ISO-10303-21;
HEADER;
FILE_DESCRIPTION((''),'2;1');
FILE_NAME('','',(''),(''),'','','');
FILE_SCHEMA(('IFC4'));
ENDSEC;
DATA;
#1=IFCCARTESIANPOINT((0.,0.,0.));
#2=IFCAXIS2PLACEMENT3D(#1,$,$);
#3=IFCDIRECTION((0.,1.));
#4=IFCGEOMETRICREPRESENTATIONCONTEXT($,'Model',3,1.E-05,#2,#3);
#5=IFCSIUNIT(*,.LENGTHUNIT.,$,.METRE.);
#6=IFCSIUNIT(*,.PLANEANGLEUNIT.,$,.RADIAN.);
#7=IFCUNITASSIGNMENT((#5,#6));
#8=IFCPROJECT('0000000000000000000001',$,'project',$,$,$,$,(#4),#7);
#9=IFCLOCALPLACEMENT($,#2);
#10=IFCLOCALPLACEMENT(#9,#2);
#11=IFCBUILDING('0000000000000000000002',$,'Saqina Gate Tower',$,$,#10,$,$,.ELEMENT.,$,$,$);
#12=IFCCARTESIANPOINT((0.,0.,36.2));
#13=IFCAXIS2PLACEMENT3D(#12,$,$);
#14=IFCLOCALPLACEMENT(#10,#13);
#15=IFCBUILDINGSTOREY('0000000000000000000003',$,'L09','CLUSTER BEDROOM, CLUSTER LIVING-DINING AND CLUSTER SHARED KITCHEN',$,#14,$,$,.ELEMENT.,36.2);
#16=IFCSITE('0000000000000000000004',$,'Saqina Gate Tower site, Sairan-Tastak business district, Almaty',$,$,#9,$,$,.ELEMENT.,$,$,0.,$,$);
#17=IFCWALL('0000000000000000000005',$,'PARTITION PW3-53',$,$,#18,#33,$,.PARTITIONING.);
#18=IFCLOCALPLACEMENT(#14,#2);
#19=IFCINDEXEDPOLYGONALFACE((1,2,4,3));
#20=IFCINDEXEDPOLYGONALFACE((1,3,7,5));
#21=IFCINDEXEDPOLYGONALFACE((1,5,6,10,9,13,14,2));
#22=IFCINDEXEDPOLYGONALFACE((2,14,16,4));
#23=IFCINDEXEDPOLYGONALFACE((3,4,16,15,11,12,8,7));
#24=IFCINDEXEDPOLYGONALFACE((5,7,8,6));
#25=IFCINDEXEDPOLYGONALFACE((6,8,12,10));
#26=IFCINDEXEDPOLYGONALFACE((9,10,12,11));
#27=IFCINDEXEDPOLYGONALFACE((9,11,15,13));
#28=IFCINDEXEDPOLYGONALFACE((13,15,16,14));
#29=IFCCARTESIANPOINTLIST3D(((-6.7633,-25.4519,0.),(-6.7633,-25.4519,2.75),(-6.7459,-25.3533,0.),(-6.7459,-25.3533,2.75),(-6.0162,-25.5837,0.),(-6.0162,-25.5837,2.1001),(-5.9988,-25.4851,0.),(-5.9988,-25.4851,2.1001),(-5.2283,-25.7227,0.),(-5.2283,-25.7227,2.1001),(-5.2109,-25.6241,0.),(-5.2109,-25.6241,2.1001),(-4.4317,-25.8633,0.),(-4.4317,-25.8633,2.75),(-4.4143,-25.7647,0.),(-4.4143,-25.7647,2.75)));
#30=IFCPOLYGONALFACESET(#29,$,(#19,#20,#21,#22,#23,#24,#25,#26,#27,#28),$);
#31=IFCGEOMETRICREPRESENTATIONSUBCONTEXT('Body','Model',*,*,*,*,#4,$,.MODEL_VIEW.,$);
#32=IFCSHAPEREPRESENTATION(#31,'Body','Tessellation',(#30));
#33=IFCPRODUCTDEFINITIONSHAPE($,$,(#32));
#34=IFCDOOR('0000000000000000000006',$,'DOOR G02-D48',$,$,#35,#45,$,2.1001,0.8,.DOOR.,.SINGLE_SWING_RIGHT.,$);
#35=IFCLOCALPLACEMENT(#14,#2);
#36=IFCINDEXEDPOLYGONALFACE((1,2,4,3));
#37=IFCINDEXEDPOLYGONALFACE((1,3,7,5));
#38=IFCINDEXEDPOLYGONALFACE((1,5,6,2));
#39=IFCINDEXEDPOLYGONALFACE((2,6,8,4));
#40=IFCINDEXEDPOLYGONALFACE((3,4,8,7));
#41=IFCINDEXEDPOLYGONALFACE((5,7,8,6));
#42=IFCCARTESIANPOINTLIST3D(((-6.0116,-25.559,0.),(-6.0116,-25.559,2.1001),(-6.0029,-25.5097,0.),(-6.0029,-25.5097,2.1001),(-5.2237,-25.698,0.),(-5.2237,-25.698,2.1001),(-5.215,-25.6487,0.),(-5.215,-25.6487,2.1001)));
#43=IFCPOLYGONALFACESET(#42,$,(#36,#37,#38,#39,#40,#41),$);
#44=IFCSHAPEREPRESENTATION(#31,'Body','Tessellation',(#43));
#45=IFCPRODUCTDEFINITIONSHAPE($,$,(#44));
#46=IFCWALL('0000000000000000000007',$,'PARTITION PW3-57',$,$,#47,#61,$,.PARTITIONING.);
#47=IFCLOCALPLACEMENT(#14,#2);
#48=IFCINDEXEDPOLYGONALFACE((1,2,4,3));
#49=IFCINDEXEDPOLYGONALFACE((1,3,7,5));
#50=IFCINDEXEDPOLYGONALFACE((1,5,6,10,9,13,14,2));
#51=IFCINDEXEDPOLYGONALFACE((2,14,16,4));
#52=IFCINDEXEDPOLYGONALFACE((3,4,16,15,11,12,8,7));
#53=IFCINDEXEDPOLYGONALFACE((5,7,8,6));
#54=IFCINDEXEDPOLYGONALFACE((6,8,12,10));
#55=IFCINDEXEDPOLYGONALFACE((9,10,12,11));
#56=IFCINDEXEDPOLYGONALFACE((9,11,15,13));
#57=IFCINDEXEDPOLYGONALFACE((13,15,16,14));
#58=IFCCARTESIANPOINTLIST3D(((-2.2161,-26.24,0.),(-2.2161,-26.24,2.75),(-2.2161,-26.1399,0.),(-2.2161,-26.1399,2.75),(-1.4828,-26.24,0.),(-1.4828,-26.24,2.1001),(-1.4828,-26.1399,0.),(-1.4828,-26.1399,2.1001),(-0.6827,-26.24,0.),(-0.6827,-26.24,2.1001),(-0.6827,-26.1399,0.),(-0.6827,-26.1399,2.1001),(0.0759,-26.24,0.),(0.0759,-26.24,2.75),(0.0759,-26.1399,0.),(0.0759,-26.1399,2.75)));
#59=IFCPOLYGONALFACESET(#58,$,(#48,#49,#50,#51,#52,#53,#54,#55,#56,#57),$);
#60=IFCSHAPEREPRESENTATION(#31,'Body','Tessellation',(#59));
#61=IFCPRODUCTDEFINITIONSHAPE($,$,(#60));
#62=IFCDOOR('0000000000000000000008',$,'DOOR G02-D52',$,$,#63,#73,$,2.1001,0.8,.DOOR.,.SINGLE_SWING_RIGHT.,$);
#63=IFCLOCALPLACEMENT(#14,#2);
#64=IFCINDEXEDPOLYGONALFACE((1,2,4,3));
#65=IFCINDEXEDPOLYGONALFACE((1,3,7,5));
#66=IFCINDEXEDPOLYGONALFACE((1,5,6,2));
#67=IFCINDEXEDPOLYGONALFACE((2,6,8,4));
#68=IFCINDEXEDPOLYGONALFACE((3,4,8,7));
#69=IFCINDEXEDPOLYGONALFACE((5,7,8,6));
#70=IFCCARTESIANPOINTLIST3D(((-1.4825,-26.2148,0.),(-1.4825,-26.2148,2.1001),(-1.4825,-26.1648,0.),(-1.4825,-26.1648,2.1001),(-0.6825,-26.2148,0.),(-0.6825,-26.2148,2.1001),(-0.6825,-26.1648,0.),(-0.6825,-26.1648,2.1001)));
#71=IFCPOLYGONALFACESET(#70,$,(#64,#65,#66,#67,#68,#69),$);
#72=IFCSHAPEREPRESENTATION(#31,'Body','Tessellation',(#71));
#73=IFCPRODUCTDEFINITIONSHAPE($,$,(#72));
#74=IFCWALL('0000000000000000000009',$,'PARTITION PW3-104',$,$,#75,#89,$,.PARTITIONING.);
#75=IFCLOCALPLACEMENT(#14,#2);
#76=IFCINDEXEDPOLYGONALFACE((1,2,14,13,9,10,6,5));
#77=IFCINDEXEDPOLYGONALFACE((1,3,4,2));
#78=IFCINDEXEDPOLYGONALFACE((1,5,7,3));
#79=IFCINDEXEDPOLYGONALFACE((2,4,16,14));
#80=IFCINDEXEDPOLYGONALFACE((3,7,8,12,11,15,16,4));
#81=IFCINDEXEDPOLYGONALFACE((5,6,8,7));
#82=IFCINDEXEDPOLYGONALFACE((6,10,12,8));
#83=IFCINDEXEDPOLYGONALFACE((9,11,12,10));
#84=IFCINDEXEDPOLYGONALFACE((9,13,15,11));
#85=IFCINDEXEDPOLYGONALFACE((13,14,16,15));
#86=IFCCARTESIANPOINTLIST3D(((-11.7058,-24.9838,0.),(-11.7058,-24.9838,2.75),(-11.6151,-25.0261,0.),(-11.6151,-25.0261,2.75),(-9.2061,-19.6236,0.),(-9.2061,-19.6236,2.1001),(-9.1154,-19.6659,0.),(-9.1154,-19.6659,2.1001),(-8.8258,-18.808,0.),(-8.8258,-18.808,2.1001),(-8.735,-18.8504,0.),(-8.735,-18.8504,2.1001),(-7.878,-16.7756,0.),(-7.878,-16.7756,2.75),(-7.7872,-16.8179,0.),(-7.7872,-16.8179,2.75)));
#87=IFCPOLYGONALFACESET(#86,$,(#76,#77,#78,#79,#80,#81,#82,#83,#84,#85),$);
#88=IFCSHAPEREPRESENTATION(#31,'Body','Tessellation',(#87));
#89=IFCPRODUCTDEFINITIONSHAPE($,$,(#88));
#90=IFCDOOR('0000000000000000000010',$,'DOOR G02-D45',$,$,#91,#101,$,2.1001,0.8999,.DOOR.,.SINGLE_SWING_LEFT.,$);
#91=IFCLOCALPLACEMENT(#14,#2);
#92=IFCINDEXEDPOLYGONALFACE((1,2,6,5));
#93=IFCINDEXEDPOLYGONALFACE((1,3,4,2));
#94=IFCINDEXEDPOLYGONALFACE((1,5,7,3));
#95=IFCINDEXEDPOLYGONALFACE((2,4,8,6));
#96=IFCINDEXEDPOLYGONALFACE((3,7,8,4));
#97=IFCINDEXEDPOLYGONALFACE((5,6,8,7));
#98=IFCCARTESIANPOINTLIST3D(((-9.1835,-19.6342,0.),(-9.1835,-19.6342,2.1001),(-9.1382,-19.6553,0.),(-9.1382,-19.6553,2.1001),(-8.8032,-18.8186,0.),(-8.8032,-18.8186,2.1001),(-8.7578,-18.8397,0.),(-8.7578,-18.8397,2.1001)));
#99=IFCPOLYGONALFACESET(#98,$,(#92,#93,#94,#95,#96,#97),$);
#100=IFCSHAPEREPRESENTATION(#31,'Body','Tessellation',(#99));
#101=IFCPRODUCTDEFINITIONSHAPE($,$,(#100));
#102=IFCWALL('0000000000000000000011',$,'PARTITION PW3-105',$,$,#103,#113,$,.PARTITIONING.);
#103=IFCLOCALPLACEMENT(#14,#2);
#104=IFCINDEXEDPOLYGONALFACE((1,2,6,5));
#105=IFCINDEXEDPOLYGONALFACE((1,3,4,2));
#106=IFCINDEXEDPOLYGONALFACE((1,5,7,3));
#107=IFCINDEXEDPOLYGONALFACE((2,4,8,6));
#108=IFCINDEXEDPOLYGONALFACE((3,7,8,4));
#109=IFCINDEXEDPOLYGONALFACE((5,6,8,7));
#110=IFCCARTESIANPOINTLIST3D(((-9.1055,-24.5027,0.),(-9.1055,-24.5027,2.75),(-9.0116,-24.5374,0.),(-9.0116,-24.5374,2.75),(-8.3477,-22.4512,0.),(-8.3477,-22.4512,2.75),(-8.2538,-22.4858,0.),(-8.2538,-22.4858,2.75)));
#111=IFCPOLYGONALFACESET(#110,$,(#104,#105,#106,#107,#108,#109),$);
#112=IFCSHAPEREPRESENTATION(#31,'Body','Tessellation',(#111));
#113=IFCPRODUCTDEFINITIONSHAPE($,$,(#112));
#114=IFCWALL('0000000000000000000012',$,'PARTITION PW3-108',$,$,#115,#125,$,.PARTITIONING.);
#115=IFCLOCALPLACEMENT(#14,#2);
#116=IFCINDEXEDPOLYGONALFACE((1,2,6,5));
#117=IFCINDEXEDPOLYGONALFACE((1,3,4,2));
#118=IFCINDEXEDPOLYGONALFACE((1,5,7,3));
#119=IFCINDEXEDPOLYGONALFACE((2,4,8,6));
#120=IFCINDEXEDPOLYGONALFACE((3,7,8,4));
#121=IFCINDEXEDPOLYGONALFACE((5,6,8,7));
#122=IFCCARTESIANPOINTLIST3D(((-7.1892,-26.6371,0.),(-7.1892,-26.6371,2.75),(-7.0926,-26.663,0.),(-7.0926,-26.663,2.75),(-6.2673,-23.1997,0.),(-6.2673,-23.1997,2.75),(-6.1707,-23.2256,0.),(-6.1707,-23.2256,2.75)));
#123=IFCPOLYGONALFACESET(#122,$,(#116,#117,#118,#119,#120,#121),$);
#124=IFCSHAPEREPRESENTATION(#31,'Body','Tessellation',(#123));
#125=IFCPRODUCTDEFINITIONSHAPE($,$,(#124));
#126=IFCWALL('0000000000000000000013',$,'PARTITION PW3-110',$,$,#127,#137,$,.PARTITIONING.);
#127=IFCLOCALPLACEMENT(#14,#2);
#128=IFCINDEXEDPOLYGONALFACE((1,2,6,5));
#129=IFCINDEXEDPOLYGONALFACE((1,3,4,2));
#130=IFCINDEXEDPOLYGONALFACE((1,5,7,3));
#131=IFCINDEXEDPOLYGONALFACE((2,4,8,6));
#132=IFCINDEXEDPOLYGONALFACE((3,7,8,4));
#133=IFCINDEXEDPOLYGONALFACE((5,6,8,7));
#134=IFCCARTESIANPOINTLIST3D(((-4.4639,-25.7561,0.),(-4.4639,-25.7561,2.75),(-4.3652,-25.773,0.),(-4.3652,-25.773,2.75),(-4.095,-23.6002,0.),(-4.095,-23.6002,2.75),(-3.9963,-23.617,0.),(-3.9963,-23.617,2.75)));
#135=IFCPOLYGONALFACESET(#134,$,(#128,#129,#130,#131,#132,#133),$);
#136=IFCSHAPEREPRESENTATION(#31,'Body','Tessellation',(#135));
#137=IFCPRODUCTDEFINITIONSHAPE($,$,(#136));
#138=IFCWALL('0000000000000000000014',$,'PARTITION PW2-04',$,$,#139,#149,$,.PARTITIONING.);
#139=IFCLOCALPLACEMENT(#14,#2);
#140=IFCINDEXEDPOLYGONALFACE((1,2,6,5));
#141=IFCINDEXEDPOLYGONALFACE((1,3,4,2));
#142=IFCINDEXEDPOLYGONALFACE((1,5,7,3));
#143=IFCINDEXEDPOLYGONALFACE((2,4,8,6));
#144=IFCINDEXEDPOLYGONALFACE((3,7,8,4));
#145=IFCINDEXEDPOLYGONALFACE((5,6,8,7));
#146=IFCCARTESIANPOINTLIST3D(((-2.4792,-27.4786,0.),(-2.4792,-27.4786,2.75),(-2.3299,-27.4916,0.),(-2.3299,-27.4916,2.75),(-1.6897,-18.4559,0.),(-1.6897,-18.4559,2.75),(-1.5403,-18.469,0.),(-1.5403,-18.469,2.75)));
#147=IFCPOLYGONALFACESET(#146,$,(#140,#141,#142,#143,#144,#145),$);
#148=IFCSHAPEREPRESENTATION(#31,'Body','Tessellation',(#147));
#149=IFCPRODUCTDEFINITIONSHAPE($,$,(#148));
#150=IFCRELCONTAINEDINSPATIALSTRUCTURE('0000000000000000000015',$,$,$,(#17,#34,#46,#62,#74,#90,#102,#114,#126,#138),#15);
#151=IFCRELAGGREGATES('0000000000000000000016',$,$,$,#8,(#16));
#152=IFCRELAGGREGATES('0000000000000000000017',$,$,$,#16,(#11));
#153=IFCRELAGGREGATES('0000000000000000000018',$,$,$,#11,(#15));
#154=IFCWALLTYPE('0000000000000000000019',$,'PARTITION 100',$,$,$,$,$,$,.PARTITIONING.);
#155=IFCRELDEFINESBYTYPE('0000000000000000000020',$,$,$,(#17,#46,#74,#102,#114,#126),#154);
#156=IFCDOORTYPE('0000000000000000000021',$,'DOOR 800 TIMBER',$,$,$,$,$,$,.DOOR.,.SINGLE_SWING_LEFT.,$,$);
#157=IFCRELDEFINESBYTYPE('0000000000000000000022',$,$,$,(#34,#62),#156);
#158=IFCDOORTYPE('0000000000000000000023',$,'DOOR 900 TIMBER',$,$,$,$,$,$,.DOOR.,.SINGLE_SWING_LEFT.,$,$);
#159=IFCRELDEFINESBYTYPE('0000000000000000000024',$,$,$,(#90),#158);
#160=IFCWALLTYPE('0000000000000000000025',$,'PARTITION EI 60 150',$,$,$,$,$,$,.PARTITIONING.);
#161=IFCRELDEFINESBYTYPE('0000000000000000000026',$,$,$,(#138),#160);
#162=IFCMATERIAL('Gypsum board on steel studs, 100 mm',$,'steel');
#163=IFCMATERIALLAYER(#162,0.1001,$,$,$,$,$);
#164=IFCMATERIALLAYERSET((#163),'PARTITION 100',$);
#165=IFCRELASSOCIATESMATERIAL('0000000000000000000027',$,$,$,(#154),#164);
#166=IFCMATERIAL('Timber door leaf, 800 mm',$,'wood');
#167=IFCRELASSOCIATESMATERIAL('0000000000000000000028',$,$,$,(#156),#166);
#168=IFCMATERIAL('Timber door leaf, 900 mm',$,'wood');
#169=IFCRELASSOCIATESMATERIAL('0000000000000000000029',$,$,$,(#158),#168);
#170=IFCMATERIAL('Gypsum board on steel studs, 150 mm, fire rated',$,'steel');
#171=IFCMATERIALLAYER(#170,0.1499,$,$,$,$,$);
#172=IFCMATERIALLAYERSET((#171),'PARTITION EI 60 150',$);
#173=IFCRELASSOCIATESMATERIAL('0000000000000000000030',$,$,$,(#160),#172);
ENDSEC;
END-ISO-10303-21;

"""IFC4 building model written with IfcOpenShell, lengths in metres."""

from ifc_helpers import new_model, si_unit, direction, frame, frame_2d, origin, place, context, subcontext, project, spatial, rectangle, extrude, material, layer, layer_set, type_object, element, fill, save


model = new_model("IFC4")

# Units and contexts
model_context = context("Model", 3, precision=1e-05, world=origin(), true_north=direction((0.0, 1.0)))
body_context = subcontext(model_context, "Body", "Model", "MODEL_VIEW")
ifc_project = project(units=[si_unit("LENGTHUNIT", "METRE"), si_unit("PLANEANGLEUNIT", "RADIAN")], contexts=[model_context])

# Site, building, storey
site_placement = place(None, origin())
site = spatial("IfcSite", under=ifc_project, at=site_placement, Name="Saqina Gate Tower site, Sairan-Tastak business district, Almaty", CompositionType="ELEMENT", RefElevation=0.0)
building_placement = place(site_placement, origin())
building = spatial("IfcBuilding", under=site, at=building_placement, Name="Saqina Gate Tower", CompositionType="ELEMENT")
storey_placement = place(building_placement, frame((0.0, 0.0, 36.2)))
storey = spatial("IfcBuildingStorey", under=building, at=storey_placement, Name="L09", Description="CLUSTER BEDROOM, CLUSTER LIVING-DINING AND CLUSTER SHARED KITCHEN", CompositionType="ELEMENT", Elevation=36.2)

# Walls, openings, doors
ifc_material_1 = material(Name="Gypsum board on steel studs, 100 mm", Category="steel")
ifc_layer_1 = layer(ifc_material_1, 0.1001)
ifc_layer_set_1 = layer_set([ifc_layer_1], Name="PARTITION 100")
wall_type_1 = type_object("IfcWallType", Name="PARTITION 100", PredefinedType="PARTITIONING", material=ifc_layer_set_1)
ifc_material_2 = material(Name="Timber door leaf, 800 mm", Category="wood")
door_type_1 = type_object("IfcDoorType", Name="DOOR 800 TIMBER", OperationType="SINGLE_SWING_LEFT", PredefinedType="DOOR", material=ifc_material_2)
wall_1_placement = place(storey_placement, frame((-6.7546, -25.4026, 0.0), z_axis=(0.0, 0.0, 1.0), x_axis=(0.984789, -0.173756, 0.0)))
wall_1 = element("IfcWall", 1, at=wall_1_placement, inside=storey, type_object=wall_type_1, Name="PARTITION PW3-53", PredefinedType="PARTITIONING", context=body_context, shape_type="SweptSolid", body=[
    extrude(rectangle(XDim=2.3677, YDim=0.1001, at=frame_2d((1.1838, 0.0))), origin(), (0.0, 0.0, 1.0), 2.75),
])
opening_1_placement = place(wall_1_placement, frame((0.7588, 0.0, 0.0)))
opening_1 = element("IfcOpeningElement", 2, at=opening_1_placement, cuts=wall_1, PredefinedType="OPENING", context=body_context, shape_type="SweptSolid", body=[
    extrude(rectangle(XDim=0.8, YDim=2.1001, at=frame_2d((0.3999, 1.05))), frame((0.0, 0.062, 0.0), z_axis=(0.0, -1.0, 0.0), x_axis=(1.0, 0.0, 0.0)), (0.0, 0.0, 1.0), 0.124),
])
door_1_placement = place(opening_1_placement, frame((0.8, 0.0, 0.0), z_axis=(0.0, 0.0, 1.0), x_axis=(-1.0, 0.0, 0.0)))
door_1 = element("IfcDoor", 3, at=door_1_placement, inside=storey, type_object=door_type_1, Name="DOOR G02-D48", OperationType="SINGLE_SWING_RIGHT", OverallHeight=2.1001, OverallWidth=0.8, PredefinedType="DOOR", context=body_context, shape_type="SweptSolid", body=[
    extrude(rectangle(XDim=0.8, YDim=2.1001, at=frame_2d((0.3999, 1.05))), frame((0.0, 0.0249, 0.0), z_axis=(0.0, -1.0, 0.0), x_axis=(1.0, 0.0, 0.0)), (0.0, 0.0, 1.0), 0.05),
])
fill(opening_1, door_1)
wall_2_placement = place(storey_placement, frame((-2.2161, -26.1899, 0.0), z_axis=(0.0, 0.0, 1.0), x_axis=(1.0, 0.0, 0.0)))
wall_2 = element("IfcWall", 4, at=wall_2_placement, inside=storey, type_object=wall_type_1, Name="PARTITION PW3-57", PredefinedType="PARTITIONING", context=body_context, shape_type="SweptSolid", body=[
    extrude(rectangle(XDim=2.292, YDim=0.1001, at=frame_2d((1.146, 0.0))), origin(), (0.0, 0.0, 1.0), 2.75),
])
opening_2_placement = place(wall_2_placement, frame((0.7334, 0.0, 0.0)))
opening_2 = element("IfcOpeningElement", 5, at=opening_2_placement, cuts=wall_2, PredefinedType="OPENING", context=body_context, shape_type="SweptSolid", body=[
    extrude(rectangle(XDim=0.8, YDim=2.1001, at=frame_2d((0.3999, 1.05))), frame((0.0, 0.062, 0.0), z_axis=(0.0, -1.0, 0.0), x_axis=(1.0, 0.0, 0.0)), (0.0, 0.0, 1.0), 0.124),
])
door_2_placement = place(opening_2_placement, frame((0.8, 0.0, 0.0), z_axis=(0.0, 0.0, 1.0), x_axis=(-1.0, 0.0, 0.0)))
door_2 = element("IfcDoor", 6, at=door_2_placement, inside=storey, type_object=door_type_1, Name="DOOR G02-D52", OperationType="SINGLE_SWING_RIGHT", OverallHeight=2.1001, OverallWidth=0.8, PredefinedType="DOOR", context=body_context, shape_type="SweptSolid", body=[
    extrude(rectangle(XDim=0.8, YDim=2.1001, at=frame_2d((0.3999, 1.05))), frame((0.0, 0.0249, 0.0), z_axis=(0.0, -1.0, 0.0), x_axis=(1.0, 0.0, 0.0)), (0.0, 0.0, 1.0), 0.05),
])
fill(opening_2, door_2)
wall_3_placement = place(storey_placement, frame((-11.6604, -25.0049, 0.0), z_axis=(0.0, 0.0, 1.0), x_axis=(0.422646, 0.906295, 0.0)))
wall_3 = element("IfcWall", 7, at=wall_3_placement, inside=storey, type_object=wall_type_1, Name="PARTITION PW3-104", PredefinedType="PARTITIONING", context=body_context, shape_type="SweptSolid", body=[
    extrude(rectangle(XDim=9.0569, YDim=0.1001, at=frame_2d((4.5283, 0.0))), origin(), (0.0, 0.0, 1.0), 2.75),
])
opening_3_placement = place(wall_3_placement, frame((5.9143, 0.0, 0.0)))
opening_3 = element("IfcOpeningElement", 8, at=opening_3_placement, cuts=wall_3, PredefinedType="OPENING", context=body_context, shape_type="SweptSolid", body=[
    extrude(rectangle(XDim=0.8999, YDim=2.1001, at=frame_2d((0.45, 1.05))), frame((0.0, 0.062, 0.0), z_axis=(0.0, -1.0, 0.0), x_axis=(1.0, 0.0, 0.0)), (0.0, 0.0, 1.0), 0.124),
])
ifc_material_3 = material(Name="Timber door leaf, 900 mm", Category="wood")
door_type_2 = type_object("IfcDoorType", Name="DOOR 900 TIMBER", OperationType="SINGLE_SWING_LEFT", PredefinedType="DOOR", material=ifc_material_3)
door_3_placement = place(opening_3_placement, frame((0.8999, 0.0, 0.0), z_axis=(0.0, 0.0, 1.0), x_axis=(-1.0, 0.0, 0.0)))
door_3 = element("IfcDoor", 9, at=door_3_placement, inside=storey, type_object=door_type_2, Name="DOOR G02-D45", OperationType="SINGLE_SWING_LEFT", OverallHeight=2.1001, OverallWidth=0.8999, PredefinedType="DOOR", context=body_context, shape_type="SweptSolid", body=[
    extrude(rectangle(XDim=0.8999, YDim=2.1001, at=frame_2d((0.45, 1.05))), frame((0.0, 0.0249, 0.0), z_axis=(0.0, -1.0, 0.0), x_axis=(1.0, 0.0, 0.0)), (0.0, 0.0, 1.0), 0.05),
])
fill(opening_3, door_3)

# Walls
wall_4_placement = place(storey_placement, frame((-9.0586, -24.52, 0.0), z_axis=(0.0, 0.0, 1.0), x_axis=(0.346507, 0.938047, 0.0)))
element("IfcWall", 10, at=wall_4_placement, inside=storey, type_object=wall_type_1, Name="PARTITION PW3-105", PredefinedType="PARTITIONING", context=body_context, shape_type="SweptSolid", body=[
    extrude(rectangle(XDim=2.187, YDim=0.1001, at=frame_2d((1.0935, 0.0))), origin(), (0.0, 0.0, 1.0), 2.75),
])
wall_5_placement = place(storey_placement, frame((-7.1409, -26.6499, 0.0), z_axis=(0.0, 0.0, 1.0), x_axis=(0.259046, 0.965865, 0.0)))
element("IfcWall", 11, at=wall_5_placement, inside=storey, type_object=wall_type_1, Name="PARTITION PW3-108", PredefinedType="PARTITIONING", context=body_context, shape_type="SweptSolid", body=[
    extrude(rectangle(XDim=3.5588, YDim=0.1001, at=frame_2d((1.7793, 0.0))), origin(), (0.0, 0.0, 1.0), 2.75),
])
wall_6_placement = place(storey_placement, frame((-4.4146, -25.7646, 0.0), z_axis=(0.0, 0.0, 1.0), x_axis=(0.168651, 0.985676, 0.0)))
element("IfcWall", 12, at=wall_6_placement, inside=storey, type_object=wall_type_1, Name="PARTITION PW3-110", PredefinedType="PARTITIONING", context=body_context, shape_type="SweptSolid", body=[
    extrude(rectangle(XDim=2.1873, YDim=0.1001, at=frame_2d((1.0938, 0.0))), origin(), (0.0, 0.0, 1.0), 2.75),
])
ifc_material_4 = material(Name="Gypsum board on steel studs, 150 mm, fire rated", Category="steel")
ifc_layer_2 = layer(ifc_material_4, 0.1499)
ifc_layer_set_2 = layer_set([ifc_layer_2], Name="PARTITION EI 60 150")
wall_type_2 = type_object("IfcWallType", Name="PARTITION EI 60 150", PredefinedType="PARTITIONING", material=ifc_layer_set_2)
wall_7_placement = place(storey_placement, frame((-2.4045, -27.4851, 0.0), z_axis=(0.0, 0.0, 1.0), x_axis=(0.087174, 0.996193, 0.0)))
element("IfcWall", 13, at=wall_7_placement, inside=storey, type_object=wall_type_2, Name="PARTITION PW2-04", PredefinedType="PARTITIONING", context=body_context, shape_type="SweptSolid", body=[
    extrude(rectangle(XDim=9.0571, YDim=0.1499, at=frame_2d((4.5286, 0.0))), origin(), (0.0, 0.0, 1.0), 2.75),
])

save(model, "model.ifc")
